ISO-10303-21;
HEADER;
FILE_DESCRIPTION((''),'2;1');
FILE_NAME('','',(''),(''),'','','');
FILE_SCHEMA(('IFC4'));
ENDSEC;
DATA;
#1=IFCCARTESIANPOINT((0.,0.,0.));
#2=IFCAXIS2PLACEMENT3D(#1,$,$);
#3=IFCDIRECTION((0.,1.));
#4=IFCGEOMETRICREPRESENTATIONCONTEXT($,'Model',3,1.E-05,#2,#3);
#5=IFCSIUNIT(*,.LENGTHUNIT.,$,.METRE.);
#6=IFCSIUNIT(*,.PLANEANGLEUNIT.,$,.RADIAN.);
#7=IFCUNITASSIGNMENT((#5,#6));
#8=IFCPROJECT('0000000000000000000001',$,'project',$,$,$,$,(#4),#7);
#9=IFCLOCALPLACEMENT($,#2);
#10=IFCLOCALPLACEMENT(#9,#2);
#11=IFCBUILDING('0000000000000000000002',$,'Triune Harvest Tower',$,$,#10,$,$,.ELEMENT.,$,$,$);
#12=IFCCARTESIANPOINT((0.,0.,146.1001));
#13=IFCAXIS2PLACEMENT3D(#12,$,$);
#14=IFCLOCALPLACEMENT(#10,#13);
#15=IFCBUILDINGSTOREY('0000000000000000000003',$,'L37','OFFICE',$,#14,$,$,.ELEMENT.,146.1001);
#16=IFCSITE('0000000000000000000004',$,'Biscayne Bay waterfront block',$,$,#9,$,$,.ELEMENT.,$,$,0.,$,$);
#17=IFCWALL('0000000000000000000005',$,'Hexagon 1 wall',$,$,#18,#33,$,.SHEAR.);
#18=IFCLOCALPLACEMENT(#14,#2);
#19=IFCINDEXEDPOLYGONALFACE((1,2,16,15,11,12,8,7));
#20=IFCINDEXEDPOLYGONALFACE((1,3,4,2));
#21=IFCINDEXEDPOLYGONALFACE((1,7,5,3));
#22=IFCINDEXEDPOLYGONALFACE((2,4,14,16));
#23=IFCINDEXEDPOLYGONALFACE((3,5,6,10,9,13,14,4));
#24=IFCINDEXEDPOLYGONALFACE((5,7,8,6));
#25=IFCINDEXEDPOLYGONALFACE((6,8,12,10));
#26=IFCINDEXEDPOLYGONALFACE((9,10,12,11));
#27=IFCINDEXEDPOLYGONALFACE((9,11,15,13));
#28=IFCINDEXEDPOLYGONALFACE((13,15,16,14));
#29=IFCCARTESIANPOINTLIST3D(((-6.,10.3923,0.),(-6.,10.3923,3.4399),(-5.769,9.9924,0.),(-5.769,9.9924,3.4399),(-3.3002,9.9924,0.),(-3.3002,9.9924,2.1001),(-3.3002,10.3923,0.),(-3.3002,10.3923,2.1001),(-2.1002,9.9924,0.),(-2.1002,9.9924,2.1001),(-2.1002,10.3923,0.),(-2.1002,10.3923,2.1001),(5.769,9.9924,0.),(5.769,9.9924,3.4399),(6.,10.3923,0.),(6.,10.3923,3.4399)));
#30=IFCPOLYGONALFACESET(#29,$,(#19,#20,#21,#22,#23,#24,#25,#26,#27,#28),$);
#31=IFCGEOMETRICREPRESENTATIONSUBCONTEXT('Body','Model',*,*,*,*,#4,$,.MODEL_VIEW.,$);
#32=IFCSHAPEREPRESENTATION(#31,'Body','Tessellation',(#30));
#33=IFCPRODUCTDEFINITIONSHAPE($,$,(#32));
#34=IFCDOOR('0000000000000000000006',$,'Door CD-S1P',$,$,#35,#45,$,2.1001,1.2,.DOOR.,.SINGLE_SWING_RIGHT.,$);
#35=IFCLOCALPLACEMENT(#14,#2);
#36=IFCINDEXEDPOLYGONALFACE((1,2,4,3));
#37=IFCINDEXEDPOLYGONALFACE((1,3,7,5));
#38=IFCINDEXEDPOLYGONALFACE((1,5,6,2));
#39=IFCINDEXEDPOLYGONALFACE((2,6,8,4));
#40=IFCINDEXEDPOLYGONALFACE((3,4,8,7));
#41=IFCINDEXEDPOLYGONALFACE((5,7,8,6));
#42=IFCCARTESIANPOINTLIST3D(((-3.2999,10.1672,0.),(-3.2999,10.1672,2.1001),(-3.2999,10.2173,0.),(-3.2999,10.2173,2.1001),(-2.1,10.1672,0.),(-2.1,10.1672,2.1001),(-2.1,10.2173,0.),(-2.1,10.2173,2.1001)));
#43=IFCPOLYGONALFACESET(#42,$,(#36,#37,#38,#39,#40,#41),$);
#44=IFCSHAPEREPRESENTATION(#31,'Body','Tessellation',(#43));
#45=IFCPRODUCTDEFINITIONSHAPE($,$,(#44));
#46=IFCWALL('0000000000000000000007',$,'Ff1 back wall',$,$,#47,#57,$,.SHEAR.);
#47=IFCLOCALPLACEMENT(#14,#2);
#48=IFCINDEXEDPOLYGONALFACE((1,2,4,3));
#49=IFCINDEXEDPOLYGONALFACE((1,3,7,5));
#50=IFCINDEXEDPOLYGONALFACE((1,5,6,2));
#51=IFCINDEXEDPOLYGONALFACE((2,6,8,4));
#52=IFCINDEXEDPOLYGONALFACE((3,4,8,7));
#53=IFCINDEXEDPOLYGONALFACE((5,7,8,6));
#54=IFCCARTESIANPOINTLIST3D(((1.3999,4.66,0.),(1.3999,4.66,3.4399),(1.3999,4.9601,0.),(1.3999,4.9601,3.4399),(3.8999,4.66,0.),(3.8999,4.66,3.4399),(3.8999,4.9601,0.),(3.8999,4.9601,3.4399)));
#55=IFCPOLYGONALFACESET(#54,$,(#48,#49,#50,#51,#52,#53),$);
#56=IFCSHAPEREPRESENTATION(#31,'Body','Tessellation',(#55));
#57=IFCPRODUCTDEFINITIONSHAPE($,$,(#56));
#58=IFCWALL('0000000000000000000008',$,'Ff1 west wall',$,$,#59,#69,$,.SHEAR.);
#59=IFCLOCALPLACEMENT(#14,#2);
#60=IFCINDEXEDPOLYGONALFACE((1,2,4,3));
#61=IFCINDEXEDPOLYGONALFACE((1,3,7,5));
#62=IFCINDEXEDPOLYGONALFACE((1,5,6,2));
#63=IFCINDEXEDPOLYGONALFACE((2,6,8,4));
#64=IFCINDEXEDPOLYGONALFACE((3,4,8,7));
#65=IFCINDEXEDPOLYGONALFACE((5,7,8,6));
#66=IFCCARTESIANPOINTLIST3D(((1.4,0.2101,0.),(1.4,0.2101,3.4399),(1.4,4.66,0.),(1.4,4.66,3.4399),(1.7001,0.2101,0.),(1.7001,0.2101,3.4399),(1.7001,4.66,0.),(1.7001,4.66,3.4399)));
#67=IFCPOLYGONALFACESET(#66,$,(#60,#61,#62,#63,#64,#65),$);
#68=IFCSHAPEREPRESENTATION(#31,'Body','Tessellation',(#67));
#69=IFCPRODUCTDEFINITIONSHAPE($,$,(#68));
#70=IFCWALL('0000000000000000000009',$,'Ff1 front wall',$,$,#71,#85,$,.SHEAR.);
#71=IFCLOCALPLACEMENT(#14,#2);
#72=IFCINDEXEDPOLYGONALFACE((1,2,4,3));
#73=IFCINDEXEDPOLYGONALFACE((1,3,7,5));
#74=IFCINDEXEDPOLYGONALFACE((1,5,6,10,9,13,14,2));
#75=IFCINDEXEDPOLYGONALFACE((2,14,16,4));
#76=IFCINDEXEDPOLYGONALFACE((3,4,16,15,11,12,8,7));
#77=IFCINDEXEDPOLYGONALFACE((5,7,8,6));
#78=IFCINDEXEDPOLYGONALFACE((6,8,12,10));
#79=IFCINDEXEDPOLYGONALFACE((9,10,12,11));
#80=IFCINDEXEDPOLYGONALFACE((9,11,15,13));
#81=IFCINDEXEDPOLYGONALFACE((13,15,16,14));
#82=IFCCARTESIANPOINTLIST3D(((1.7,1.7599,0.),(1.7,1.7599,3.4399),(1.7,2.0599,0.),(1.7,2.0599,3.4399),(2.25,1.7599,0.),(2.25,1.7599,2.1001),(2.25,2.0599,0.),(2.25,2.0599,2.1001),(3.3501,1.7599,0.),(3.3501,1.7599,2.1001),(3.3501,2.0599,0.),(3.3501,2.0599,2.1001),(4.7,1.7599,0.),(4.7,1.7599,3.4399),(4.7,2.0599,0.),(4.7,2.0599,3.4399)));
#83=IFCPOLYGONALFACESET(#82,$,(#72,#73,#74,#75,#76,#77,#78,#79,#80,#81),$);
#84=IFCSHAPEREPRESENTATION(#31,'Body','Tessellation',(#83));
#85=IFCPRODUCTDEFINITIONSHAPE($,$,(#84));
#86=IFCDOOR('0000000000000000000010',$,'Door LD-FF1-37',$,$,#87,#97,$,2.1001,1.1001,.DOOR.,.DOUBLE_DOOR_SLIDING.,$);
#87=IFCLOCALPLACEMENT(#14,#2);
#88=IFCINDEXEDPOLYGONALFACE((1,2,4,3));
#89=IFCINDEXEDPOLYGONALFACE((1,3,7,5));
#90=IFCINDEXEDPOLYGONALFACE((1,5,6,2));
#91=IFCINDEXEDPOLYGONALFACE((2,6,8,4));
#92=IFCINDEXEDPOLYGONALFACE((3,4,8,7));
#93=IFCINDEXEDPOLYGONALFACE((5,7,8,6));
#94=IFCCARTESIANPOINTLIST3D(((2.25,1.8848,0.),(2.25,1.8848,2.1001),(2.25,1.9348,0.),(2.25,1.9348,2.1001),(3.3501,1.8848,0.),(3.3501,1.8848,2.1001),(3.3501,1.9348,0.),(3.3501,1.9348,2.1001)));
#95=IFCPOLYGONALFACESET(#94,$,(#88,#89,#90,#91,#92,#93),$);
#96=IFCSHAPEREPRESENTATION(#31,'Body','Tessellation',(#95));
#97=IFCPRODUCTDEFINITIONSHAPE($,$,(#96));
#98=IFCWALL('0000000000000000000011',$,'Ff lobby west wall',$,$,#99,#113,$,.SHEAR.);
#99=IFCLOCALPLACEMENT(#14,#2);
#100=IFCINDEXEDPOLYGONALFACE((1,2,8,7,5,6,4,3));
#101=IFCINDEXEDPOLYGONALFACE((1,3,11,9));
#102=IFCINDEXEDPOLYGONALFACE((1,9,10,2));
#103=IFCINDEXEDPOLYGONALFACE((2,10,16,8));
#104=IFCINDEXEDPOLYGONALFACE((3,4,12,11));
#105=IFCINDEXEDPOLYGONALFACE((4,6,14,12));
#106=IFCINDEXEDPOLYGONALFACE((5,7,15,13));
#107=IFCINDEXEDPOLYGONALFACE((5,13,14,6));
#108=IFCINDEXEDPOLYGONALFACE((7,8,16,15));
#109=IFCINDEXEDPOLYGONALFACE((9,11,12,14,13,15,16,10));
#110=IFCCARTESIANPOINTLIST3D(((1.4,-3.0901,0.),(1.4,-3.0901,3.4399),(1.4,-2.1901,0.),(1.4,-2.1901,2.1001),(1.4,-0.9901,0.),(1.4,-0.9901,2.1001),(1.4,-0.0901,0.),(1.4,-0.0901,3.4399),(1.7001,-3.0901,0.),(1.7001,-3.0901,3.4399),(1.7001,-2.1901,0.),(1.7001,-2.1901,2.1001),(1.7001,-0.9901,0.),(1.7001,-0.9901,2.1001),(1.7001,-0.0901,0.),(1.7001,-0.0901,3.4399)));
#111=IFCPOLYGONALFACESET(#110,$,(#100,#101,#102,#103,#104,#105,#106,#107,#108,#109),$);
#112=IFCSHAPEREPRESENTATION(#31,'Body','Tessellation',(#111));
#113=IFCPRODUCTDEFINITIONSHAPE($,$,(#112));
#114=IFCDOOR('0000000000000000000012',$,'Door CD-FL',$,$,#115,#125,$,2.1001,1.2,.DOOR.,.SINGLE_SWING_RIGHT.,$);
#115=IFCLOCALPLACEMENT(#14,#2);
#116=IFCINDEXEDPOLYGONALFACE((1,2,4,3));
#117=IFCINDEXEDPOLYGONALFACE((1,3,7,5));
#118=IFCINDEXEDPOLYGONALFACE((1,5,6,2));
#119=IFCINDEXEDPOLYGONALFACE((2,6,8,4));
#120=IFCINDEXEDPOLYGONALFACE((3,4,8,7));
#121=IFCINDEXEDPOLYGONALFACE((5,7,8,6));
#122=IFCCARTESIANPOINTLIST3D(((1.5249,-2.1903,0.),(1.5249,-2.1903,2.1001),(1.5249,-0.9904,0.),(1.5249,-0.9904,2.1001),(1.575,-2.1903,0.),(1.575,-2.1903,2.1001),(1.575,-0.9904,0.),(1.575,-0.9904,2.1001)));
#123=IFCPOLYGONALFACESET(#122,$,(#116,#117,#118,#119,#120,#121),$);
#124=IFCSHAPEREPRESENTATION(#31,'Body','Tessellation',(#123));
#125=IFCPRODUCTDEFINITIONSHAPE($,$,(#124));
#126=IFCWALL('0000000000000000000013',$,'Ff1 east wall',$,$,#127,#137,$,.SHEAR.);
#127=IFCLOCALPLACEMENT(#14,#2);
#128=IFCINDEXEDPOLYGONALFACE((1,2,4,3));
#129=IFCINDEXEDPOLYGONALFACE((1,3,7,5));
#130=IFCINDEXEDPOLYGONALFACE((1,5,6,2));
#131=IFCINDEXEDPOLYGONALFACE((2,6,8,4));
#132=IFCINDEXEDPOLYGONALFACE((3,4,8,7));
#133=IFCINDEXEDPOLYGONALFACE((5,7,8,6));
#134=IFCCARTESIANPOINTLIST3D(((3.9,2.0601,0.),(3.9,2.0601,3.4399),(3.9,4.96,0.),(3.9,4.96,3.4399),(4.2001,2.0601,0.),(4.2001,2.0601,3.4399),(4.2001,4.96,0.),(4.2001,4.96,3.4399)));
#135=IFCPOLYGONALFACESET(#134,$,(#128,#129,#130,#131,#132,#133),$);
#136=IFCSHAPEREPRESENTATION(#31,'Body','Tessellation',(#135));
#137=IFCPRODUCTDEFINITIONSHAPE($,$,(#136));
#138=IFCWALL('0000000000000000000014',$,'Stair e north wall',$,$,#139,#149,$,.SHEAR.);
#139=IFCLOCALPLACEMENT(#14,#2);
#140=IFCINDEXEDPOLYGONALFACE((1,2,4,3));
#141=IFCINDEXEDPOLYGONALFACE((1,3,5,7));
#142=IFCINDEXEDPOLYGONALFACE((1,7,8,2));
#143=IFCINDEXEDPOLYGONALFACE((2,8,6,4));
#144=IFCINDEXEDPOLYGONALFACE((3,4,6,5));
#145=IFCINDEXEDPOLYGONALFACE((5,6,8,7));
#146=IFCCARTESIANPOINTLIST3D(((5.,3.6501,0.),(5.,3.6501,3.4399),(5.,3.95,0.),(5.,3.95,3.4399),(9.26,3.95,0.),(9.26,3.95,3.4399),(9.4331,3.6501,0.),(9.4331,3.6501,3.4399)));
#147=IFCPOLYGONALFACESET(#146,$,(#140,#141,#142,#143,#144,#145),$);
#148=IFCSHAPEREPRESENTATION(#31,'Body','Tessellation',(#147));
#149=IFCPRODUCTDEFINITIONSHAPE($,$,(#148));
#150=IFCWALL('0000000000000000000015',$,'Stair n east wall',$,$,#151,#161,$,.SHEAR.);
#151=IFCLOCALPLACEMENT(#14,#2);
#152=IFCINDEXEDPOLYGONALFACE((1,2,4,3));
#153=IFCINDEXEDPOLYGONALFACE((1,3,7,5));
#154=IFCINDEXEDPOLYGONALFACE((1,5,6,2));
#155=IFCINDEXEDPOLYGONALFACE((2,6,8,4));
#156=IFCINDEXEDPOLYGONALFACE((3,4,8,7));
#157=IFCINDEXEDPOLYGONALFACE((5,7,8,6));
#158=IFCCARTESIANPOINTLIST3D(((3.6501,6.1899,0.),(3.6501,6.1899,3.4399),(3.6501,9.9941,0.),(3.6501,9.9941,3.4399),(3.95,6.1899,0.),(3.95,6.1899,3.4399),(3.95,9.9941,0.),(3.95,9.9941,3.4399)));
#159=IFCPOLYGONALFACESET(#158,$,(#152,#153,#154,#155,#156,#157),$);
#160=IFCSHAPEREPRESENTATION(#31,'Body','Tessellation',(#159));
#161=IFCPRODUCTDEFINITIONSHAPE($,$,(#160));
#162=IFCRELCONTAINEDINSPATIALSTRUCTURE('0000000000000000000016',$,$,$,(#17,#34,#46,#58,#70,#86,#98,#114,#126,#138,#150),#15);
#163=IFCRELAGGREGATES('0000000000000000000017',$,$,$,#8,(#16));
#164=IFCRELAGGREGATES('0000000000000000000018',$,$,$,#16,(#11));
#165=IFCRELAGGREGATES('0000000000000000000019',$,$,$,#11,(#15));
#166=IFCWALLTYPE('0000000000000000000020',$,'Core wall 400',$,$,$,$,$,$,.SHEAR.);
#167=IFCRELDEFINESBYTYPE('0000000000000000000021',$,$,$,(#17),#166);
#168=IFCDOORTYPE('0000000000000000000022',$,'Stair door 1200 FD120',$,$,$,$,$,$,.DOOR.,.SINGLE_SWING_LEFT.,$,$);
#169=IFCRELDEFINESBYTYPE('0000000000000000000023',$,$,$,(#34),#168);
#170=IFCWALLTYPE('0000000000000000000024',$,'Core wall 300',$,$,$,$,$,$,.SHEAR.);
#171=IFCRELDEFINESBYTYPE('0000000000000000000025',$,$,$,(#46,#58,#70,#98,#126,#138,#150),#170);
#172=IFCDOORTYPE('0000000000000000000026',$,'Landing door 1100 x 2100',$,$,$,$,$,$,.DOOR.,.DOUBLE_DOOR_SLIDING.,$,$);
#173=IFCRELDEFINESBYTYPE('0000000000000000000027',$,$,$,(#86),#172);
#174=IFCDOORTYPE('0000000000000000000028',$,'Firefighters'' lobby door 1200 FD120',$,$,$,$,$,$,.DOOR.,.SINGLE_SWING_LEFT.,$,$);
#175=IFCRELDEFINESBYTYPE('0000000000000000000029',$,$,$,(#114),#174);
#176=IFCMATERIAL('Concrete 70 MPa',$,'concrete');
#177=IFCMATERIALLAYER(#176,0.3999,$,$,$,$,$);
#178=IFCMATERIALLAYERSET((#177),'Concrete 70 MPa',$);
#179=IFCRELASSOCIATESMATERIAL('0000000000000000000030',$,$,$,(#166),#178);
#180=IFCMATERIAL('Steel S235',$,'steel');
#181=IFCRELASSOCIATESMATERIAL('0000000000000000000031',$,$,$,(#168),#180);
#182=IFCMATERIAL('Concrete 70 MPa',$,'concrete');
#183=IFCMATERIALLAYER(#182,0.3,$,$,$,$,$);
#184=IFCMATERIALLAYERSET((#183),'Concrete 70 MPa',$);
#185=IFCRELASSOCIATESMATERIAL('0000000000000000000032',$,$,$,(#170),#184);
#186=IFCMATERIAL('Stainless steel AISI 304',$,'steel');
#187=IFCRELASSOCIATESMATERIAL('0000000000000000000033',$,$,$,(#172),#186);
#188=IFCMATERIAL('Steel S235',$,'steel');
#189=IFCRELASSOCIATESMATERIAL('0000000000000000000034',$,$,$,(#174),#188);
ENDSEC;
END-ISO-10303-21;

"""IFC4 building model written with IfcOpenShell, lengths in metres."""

from ifc_helpers import new_model, si_unit, direction, frame, frame_2d, origin, place, context, subcontext, project, spatial, polyline, rectangle, outline, extrude, source, transform, mapped, material, layer, layer_set, type_object, element, fill, save


model = new_model("IFC4")

# Units and contexts
model_context = context("Model", 3, precision=1e-05, world=origin(), true_north=direction((0.0, 1.0)))
body_context = subcontext(model_context, "Body", "Model", "MODEL_VIEW")
ifc_project = project(units=[si_unit("LENGTHUNIT", "METRE"), si_unit("PLANEANGLEUNIT", "RADIAN")], contexts=[model_context])

# Site, building, storey
site_placement = place(None, origin())
site = spatial("IfcSite", under=ifc_project, at=site_placement, Name="Biscayne Bay waterfront block", CompositionType="ELEMENT", RefElevation=0.0)
building_placement = place(site_placement, origin())
building = spatial("IfcBuilding", under=site, at=building_placement, Name="Triune Harvest Tower", CompositionType="ELEMENT")
storey_placement = place(building_placement, frame((0.0, 0.0, 146.1001)))
storey = spatial("IfcBuildingStorey", under=building, at=storey_placement, Name="L37", Description="OFFICE", CompositionType="ELEMENT", Elevation=146.1001)

# Wall, opening, door
ifc_material_1 = material(Name="Concrete 70 MPa", Category="concrete")
ifc_layer_1 = layer(ifc_material_1, 0.3999)
ifc_layer_set_1 = layer_set([ifc_layer_1], Name="Concrete 70 MPa")
wall_type_1 = type_object("IfcWallType", Name="Core wall 400", PredefinedType="SHEAR", material=ifc_layer_set_1)
shared_shape_1 = source(origin(), body_context, "Body", "SweptSolid", [
    extrude(outline(polyline([(-0.1155, -0.2), (11.8845, -0.2), (11.6536, 0.2), (0.1155, 0.2), (-0.1155, -0.2)])), origin(), (0.0, 0.0, 1.0), 3.4399),
])
wall_1_placement = place(storey_placement, frame((5.8845, 10.1924, 0.0), z_axis=(0.0, 0.0, 1.0), x_axis=(-1.0, 0.0, 0.0)))
wall_1 = element("IfcWall", 1, at=wall_1_placement, inside=storey, type_object=wall_type_1, Name="Hexagon 1 wall", PredefinedType="SHEAR", context=body_context, shape_type="MappedRepresentation", body=[
    mapped(shared_shape_1, transform((0.0, 0.0, 0.0), scale=1.0)),
])
opening_1_placement = place(wall_1_placement, frame((7.9846, 0.0, 0.0)))
opening_1 = element("IfcOpeningElement", 2, at=opening_1_placement, cuts=wall_1, PredefinedType="OPENING", context=body_context, shape_type="SweptSolid", body=[
    extrude(rectangle(XDim=1.2, YDim=2.1001, at=frame_2d((0.6001, 1.05))), frame((0.0, 0.21, 0.0), z_axis=(0.0, -1.0, 0.0), x_axis=(1.0, 0.0, 0.0)), (0.0, 0.0, 1.0), 0.4199),
])
ifc_material_2 = material(Name="Steel S235", Category="steel")
door_type_1 = type_object("IfcDoorType", Name="Stair door 1200 FD120", OperationType="SINGLE_SWING_LEFT", PredefinedType="DOOR", material=ifc_material_2)
door_1_placement = place(opening_1_placement, frame((1.2, 0.0, 0.0), z_axis=(0.0, 0.0, 1.0), x_axis=(-1.0, 0.0, 0.0)))
door_1 = element("IfcDoor", 3, at=door_1_placement, inside=storey, type_object=door_type_1, Name="Door CD-S1P", OperationType="SINGLE_SWING_RIGHT", OverallHeight=2.1001, OverallWidth=1.2, PredefinedType="DOOR", context=body_context, shape_type="SweptSolid", body=[
    extrude(rectangle(XDim=1.2, YDim=2.1001, at=frame_2d((0.6001, 1.05))), frame((0.0, 0.0249, 0.0), z_axis=(0.0, -1.0, 0.0), x_axis=(1.0, 0.0, 0.0)), (0.0, 0.0, 1.0), 0.05),
])
fill(opening_1, door_1)

# Walls
ifc_material_3 = material(Name="Concrete 70 MPa", Category="concrete")
ifc_layer_2 = layer(ifc_material_3, 0.3)
ifc_layer_set_2 = layer_set([ifc_layer_2], Name="Concrete 70 MPa")
wall_type_2 = type_object("IfcWallType", Name="Core wall 300", PredefinedType="SHEAR", material=ifc_layer_set_2)
shared_shape_2 = source(origin(), body_context, "Body", "SweptSolid", [
    extrude(rectangle(XDim=2.5, YDim=0.3, at=frame_2d((1.25, 0.0))), origin(), (0.0, 0.0, 1.0), 3.4399),
])
wall_2_placement = place(storey_placement, frame((1.3999, 4.8101, 0.0), z_axis=(0.0, 0.0, 1.0), x_axis=(1.0, 0.0, 0.0)))
element("IfcWall", 4, at=wall_2_placement, inside=storey, type_object=wall_type_2, Name="Ff1 back wall", PredefinedType="SHEAR", context=body_context, shape_type="MappedRepresentation", body=[
    mapped(shared_shape_2, transform((0.0, 0.0, 0.0), scale=1.0)),
])
shared_shape_3 = source(origin(), body_context, "Body", "SweptSolid", [
    extrude(rectangle(XDim=4.45, YDim=0.3, at=frame_2d((2.2251, 0.0))), origin(), (0.0, 0.0, 1.0), 3.4399),
])
wall_3_placement = place(storey_placement, frame((1.55, 0.21, 0.0), z_axis=(0.0, 0.0, 1.0), x_axis=(0.0, 1.0, 0.0)))
element("IfcWall", 5, at=wall_3_placement, inside=storey, type_object=wall_type_2, Name="Ff1 west wall", PredefinedType="SHEAR", context=body_context, shape_type="MappedRepresentation", body=[
    mapped(shared_shape_3, transform((0.0, 0.0, 0.0), scale=1.0)),
])

# Walls, openings, doors
shared_shape_4 = source(origin(), body_context, "Body", "SweptSolid", [
    extrude(rectangle(XDim=3.0, YDim=0.3, at=frame_2d((1.5, 0.0))), origin(), (0.0, 0.0, 1.0), 3.4399),
])
wall_4_placement = place(storey_placement, frame((1.7, 1.9099, 0.0), z_axis=(0.0, 0.0, 1.0), x_axis=(1.0, 0.0, 0.0)))
wall_4 = element("IfcWall", 6, at=wall_4_placement, inside=storey, type_object=wall_type_2, Name="Ff1 front wall", PredefinedType="SHEAR", context=body_context, shape_type="MappedRepresentation", body=[
    mapped(shared_shape_4, transform((0.0, 0.0, 0.0), scale=1.0)),
])
opening_2_placement = place(wall_4_placement, frame((0.55, 0.0, 0.0)))
opening_2 = element("IfcOpeningElement", 7, at=opening_2_placement, cuts=wall_4, PredefinedType="OPENING", context=body_context, shape_type="SweptSolid", body=[
    extrude(rectangle(XDim=1.1001, YDim=2.1001, at=frame_2d((0.55, 1.05))), frame((0.0, 0.1602, 0.0), z_axis=(0.0, -1.0, 0.0), x_axis=(1.0, 0.0, 0.0)), (0.0, 0.0, 1.0), 0.3201),
])
ifc_material_4 = material(Name="Stainless steel AISI 304", Category="steel")
door_type_2 = type_object("IfcDoorType", Name="Landing door 1100 x 2100", OperationType="DOUBLE_DOOR_SLIDING", PredefinedType="DOOR", material=ifc_material_4)
door_2_placement = place(opening_2_placement, origin())
door_2 = element("IfcDoor", 8, at=door_2_placement, inside=storey, type_object=door_type_2, Name="Door LD-FF1-37", OperationType="DOUBLE_DOOR_SLIDING", OverallHeight=2.1001, OverallWidth=1.1001, PredefinedType="DOOR", context=body_context, shape_type="SweptSolid", body=[
    extrude(rectangle(XDim=1.1001, YDim=2.1001, at=frame_2d((0.55, 1.05))), frame((0.0, 0.0249, 0.0), z_axis=(0.0, -1.0, 0.0), x_axis=(1.0, 0.0, 0.0)), (0.0, 0.0, 1.0), 0.05),
])
fill(opening_2, door_2)
wall_5_placement = place(storey_placement, frame((1.55, -3.0901, 0.0), z_axis=(0.0, 0.0, 1.0), x_axis=(0.0, 1.0, 0.0)))
wall_5 = element("IfcWall", 9, at=wall_5_placement, inside=storey, type_object=wall_type_2, Name="Ff lobby west wall", PredefinedType="SHEAR", context=body_context, shape_type="MappedRepresentation", body=[
    mapped(shared_shape_4, transform((0.0, 0.0, 0.0), scale=1.0)),
])
opening_3_placement = place(wall_5_placement, frame((0.8999, 0.0, 0.0)))
opening_3 = element("IfcOpeningElement", 10, at=opening_3_placement, cuts=wall_5, PredefinedType="OPENING", context=body_context, shape_type="SweptSolid", body=[
    extrude(rectangle(XDim=1.2, YDim=2.1001, at=frame_2d((0.6001, 1.05))), frame((0.0, 0.1602, 0.0), z_axis=(0.0, -1.0, 0.0), x_axis=(1.0, 0.0, 0.0)), (0.0, 0.0, 1.0), 0.3201),
])
ifc_material_5 = material(Name="Steel S235", Category="steel")
door_type_3 = type_object("IfcDoorType", Name="Firefighters' lobby door 1200 FD120", OperationType="SINGLE_SWING_LEFT", PredefinedType="DOOR", material=ifc_material_5)
door_3_placement = place(opening_3_placement, frame((1.2, 0.0, 0.0), z_axis=(0.0, 0.0, 1.0), x_axis=(-1.0, 0.0, 0.0)))
door_3 = element("IfcDoor", 11, at=door_3_placement, inside=storey, type_object=door_type_3, Name="Door CD-FL", OperationType="SINGLE_SWING_RIGHT", OverallHeight=2.1001, OverallWidth=1.2, PredefinedType="DOOR", context=body_context, shape_type="SweptSolid", body=[
    extrude(rectangle(XDim=1.2, YDim=2.1001, at=frame_2d((0.6001, 1.05))), frame((0.0, 0.0249, 0.0), z_axis=(0.0, -1.0, 0.0), x_axis=(1.0, 0.0, 0.0)), (0.0, 0.0, 1.0), 0.05),
])
fill(opening_3, door_3)

# Walls
shared_shape_5 = source(origin(), body_context, "Body", "SweptSolid", [
    extrude(rectangle(XDim=2.8999, YDim=0.3, at=frame_2d((1.45, 0.0))), origin(), (0.0, 0.0, 1.0), 3.4399),
])
wall_6_placement = place(storey_placement, frame((4.05, 2.0601, 0.0), z_axis=(0.0, 0.0, 1.0), x_axis=(0.0, 1.0, 0.0)))
element("IfcWall", 12, at=wall_6_placement, inside=storey, type_object=wall_type_2, Name="Ff1 east wall", PredefinedType="SHEAR", context=body_context, shape_type="MappedRepresentation", body=[
    mapped(shared_shape_5, transform((0.0, 0.0, 0.0), scale=1.0)),
])
shared_shape_6 = source(origin(), body_context, "Body", "SweptSolid", [
    extrude(outline(polyline([(0.0, -0.1499), (0.0, 0.1499), (4.26, 0.1499), (4.4331, -0.1499), (0.0, -0.1499)])), origin(), (0.0, 0.0, 1.0), 3.4399),
])
wall_7_placement = place(storey_placement, frame((5.0, 3.8, 0.0), z_axis=(0.0, 0.0, 1.0), x_axis=(1.0, 0.0, 0.0)))
element("IfcWall", 13, at=wall_7_placement, inside=storey, type_object=wall_type_2, Name="Stair e north wall", PredefinedType="SHEAR", context=body_context, shape_type="MappedRepresentation", body=[
    mapped(shared_shape_6, transform((0.0, 0.0, 0.0), scale=1.0)),
])
shared_shape_7 = source(origin(), body_context, "Body", "SweptSolid", [
    extrude(outline(polyline([(0.0, -0.1499), (0.0, 0.1499), (3.8042, 0.1499), (3.8042, -0.1499), (0.0, -0.1499)])), origin(), (0.0, 0.0, 1.0), 3.4399),
])
wall_8_placement = place(storey_placement, frame((3.8, 6.1899, 0.0), z_axis=(0.0, 0.0, 1.0), x_axis=(0.0, 1.0, 0.0)))
element("IfcWall", 14, at=wall_8_placement, inside=storey, type_object=wall_type_2, Name="Stair n east wall", PredefinedType="SHEAR", context=body_context, shape_type="MappedRepresentation", body=[
    mapped(shared_shape_7, transform((0.0, 0.0, 0.0), scale=1.0)),
])

save(model, "model.ifc")
